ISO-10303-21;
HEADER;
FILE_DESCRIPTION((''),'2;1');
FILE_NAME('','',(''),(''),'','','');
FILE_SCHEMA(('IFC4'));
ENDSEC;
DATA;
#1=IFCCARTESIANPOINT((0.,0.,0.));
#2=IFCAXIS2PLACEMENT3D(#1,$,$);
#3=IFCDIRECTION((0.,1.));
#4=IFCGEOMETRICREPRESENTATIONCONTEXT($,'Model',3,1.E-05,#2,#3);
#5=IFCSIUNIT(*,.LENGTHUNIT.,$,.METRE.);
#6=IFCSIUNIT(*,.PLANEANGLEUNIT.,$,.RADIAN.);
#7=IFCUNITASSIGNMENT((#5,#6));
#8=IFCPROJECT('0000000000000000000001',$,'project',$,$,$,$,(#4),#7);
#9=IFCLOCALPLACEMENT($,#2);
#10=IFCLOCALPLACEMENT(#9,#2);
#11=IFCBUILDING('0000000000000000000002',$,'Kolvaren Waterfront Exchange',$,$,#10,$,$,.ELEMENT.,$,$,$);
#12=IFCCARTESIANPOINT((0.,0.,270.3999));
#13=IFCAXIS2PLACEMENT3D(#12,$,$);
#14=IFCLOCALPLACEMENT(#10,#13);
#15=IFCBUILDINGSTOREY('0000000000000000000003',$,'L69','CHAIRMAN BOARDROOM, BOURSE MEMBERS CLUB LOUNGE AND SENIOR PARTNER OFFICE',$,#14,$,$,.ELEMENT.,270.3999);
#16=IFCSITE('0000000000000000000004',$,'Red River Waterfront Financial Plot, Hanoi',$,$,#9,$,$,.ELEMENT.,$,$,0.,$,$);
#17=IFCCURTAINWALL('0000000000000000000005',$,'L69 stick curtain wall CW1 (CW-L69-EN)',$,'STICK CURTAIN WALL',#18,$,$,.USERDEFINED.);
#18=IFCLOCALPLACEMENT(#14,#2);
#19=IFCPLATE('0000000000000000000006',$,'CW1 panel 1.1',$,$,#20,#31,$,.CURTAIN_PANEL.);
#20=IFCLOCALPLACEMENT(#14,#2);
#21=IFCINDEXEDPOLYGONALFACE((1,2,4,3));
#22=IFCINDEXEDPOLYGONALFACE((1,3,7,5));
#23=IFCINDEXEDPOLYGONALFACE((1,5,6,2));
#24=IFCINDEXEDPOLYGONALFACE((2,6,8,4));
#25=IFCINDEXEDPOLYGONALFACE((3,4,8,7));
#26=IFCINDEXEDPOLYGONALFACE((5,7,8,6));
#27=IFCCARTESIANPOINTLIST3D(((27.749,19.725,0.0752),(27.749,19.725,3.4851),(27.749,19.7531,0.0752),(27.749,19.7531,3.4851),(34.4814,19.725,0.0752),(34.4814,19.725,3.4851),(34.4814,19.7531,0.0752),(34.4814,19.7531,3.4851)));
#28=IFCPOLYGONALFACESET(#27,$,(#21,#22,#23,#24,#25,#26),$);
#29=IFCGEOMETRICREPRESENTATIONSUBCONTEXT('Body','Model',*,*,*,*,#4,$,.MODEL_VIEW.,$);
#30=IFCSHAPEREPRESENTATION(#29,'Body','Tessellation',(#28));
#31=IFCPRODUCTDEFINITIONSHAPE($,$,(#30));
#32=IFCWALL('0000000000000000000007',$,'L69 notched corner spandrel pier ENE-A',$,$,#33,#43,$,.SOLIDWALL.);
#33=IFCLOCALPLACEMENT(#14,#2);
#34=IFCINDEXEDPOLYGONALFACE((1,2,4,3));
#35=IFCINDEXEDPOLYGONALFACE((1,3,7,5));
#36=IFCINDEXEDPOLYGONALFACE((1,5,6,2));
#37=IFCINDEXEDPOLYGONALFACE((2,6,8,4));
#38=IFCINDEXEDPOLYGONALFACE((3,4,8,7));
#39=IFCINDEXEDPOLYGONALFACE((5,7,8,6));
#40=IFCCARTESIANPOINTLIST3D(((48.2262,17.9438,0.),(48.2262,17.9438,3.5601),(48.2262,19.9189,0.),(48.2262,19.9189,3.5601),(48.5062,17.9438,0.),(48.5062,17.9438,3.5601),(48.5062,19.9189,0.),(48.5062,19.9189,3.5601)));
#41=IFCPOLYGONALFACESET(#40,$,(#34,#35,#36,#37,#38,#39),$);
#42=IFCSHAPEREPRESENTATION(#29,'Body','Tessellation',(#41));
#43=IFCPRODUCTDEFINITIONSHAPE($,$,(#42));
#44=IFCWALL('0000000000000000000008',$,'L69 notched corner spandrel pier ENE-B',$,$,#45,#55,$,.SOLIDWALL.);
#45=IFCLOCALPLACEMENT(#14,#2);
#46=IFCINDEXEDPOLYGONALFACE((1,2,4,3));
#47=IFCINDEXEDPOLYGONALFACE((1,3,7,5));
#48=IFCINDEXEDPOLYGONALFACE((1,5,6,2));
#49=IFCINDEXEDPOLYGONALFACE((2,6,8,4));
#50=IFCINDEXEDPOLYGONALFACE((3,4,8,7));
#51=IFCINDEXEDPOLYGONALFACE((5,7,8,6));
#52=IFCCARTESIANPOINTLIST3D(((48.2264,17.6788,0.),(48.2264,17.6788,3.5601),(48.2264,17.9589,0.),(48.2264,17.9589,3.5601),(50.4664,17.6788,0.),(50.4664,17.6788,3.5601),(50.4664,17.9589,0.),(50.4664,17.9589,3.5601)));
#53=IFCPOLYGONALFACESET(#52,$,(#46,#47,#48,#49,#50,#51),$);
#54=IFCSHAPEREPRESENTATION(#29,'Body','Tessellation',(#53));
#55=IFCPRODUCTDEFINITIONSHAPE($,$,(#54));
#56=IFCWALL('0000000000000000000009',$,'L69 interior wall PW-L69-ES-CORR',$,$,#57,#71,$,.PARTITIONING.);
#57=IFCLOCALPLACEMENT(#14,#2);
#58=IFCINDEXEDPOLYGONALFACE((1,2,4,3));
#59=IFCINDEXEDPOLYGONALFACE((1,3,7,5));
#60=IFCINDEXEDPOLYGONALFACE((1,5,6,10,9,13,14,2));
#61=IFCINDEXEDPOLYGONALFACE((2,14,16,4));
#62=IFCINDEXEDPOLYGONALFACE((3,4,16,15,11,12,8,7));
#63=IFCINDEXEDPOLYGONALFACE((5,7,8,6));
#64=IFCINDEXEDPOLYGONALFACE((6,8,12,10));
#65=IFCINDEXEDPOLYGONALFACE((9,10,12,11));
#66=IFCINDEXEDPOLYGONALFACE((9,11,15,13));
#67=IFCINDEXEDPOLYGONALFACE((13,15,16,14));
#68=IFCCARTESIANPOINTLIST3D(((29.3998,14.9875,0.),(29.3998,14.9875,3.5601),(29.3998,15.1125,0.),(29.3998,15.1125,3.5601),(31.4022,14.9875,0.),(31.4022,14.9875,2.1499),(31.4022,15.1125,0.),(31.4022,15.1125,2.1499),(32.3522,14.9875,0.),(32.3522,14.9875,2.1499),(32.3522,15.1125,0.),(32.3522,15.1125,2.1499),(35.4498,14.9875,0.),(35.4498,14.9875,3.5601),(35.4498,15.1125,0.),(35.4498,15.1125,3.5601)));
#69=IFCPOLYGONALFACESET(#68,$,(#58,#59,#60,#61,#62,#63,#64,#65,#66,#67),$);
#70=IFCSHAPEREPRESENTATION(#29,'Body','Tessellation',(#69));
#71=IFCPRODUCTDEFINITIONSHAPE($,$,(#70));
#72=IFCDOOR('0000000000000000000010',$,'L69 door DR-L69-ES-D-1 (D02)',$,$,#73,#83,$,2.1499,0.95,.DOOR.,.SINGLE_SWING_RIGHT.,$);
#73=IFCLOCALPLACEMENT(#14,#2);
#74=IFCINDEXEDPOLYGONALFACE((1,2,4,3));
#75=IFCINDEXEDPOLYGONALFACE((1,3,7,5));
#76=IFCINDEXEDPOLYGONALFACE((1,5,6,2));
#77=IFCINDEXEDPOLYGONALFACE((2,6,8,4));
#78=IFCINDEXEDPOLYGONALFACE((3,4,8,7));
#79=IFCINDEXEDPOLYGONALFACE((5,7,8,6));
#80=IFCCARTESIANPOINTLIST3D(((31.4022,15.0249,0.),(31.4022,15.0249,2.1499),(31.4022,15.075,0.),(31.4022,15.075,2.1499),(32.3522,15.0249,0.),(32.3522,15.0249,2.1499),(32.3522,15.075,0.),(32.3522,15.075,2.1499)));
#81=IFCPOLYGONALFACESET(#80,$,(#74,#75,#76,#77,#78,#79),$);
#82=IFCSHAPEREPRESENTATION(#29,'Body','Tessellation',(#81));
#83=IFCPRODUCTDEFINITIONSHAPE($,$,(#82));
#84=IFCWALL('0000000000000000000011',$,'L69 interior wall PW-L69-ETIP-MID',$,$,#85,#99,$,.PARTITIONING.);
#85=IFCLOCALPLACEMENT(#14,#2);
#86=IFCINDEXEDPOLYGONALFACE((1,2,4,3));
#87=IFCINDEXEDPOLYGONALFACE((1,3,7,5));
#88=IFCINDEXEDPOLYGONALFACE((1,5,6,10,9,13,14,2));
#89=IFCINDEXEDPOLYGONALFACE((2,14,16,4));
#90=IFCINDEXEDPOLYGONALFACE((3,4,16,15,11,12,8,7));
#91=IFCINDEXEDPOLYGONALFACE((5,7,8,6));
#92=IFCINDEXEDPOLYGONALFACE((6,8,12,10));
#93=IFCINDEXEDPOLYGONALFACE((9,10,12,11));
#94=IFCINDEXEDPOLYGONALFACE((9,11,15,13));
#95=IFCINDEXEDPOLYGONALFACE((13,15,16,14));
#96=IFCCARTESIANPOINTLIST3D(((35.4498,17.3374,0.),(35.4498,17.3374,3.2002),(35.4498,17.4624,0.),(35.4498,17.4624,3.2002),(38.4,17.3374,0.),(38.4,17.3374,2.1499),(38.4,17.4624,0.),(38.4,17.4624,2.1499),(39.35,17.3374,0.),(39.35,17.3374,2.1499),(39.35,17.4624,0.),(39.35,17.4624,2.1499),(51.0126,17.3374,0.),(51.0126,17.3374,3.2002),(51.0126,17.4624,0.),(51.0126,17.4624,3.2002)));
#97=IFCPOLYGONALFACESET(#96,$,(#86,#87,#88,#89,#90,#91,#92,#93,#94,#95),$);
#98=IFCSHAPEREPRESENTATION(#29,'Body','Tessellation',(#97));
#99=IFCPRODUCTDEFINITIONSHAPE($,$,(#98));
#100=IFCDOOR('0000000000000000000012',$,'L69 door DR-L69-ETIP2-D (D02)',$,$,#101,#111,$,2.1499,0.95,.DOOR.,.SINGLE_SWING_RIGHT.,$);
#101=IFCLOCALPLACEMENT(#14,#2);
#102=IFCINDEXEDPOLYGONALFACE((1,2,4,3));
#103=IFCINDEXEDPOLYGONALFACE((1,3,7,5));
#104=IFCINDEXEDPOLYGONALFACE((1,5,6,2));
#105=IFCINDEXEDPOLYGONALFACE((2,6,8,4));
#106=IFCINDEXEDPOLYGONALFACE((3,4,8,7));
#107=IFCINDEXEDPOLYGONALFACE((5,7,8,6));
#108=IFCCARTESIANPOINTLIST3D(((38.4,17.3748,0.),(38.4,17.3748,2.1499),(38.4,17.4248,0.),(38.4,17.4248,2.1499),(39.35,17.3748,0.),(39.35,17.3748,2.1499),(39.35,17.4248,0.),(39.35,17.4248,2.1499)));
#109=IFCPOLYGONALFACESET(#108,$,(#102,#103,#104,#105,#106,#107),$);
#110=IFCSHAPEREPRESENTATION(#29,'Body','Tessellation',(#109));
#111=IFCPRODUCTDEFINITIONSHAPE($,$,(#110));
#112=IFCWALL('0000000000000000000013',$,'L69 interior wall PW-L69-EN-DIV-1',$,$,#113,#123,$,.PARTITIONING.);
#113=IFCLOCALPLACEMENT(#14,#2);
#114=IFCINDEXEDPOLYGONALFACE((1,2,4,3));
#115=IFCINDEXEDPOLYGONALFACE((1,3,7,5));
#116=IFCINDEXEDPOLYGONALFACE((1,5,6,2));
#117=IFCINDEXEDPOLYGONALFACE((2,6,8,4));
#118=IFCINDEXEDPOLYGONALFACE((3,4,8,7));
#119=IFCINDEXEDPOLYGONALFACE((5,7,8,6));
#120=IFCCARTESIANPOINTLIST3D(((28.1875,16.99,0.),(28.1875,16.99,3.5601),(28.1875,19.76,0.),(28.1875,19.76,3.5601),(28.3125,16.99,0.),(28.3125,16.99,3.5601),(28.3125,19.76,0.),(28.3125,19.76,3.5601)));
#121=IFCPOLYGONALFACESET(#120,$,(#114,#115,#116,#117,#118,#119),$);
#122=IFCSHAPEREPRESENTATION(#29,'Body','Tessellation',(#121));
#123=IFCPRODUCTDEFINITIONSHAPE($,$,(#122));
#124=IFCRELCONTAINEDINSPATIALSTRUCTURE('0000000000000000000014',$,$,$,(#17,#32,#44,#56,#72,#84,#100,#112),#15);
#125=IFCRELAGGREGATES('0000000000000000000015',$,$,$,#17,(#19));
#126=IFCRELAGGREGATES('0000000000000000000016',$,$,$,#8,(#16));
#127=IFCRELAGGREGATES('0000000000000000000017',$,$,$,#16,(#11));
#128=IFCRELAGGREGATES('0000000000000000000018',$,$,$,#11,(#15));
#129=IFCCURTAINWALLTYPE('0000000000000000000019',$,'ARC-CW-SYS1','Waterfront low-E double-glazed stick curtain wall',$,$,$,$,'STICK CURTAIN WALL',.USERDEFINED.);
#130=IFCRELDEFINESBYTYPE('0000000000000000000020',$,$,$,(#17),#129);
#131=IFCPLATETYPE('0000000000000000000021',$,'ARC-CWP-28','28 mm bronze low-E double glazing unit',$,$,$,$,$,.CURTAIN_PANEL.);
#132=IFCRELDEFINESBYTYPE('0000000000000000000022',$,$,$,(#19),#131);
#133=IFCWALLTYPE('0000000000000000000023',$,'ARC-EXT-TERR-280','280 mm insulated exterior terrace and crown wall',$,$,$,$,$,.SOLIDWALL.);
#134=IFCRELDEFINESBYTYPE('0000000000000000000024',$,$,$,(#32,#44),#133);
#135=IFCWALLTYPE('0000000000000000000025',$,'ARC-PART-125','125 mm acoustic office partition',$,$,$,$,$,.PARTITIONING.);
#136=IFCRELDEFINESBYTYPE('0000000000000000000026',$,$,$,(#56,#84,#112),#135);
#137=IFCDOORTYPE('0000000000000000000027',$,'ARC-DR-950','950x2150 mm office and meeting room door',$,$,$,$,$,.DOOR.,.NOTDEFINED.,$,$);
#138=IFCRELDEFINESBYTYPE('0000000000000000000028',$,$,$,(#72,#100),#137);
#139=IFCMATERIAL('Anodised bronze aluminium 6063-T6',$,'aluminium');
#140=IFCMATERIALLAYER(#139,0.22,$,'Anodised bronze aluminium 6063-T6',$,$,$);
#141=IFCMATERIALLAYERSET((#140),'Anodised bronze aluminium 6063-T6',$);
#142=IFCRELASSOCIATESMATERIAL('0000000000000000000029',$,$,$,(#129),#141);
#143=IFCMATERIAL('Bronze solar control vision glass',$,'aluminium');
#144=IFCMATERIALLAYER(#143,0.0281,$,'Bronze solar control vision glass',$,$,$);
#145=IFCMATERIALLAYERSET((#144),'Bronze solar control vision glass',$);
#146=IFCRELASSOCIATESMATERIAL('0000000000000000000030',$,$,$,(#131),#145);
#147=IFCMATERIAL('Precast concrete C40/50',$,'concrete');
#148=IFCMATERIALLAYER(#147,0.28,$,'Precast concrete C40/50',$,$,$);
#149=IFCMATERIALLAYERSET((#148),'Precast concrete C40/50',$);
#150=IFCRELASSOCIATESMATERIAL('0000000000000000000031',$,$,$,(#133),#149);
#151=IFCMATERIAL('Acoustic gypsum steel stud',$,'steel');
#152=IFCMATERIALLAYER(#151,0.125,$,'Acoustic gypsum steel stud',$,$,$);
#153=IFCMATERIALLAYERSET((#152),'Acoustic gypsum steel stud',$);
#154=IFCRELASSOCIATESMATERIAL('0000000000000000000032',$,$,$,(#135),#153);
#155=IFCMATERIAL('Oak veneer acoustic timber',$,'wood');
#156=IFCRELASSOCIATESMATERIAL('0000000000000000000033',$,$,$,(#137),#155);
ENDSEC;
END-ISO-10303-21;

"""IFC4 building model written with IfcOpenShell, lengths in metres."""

from ifc_helpers import new_model, si_unit, direction, frame, frame_2d, origin, origin_with_axes, origin_2d, place, context, subcontext, project, spatial, rectangle, extrude, source, transform, mapped, material, layer, layer_set, type_object, element, fill, aggregate, save


model = new_model("IFC4")

# Units and contexts
model_context = context("Model", 3, precision=1e-05, world=origin(), true_north=direction((0.0, 1.0)))
body_context = subcontext(model_context, "Body", "Model", "MODEL_VIEW")
ifc_project = project(units=[si_unit("LENGTHUNIT", "METRE"), si_unit("PLANEANGLEUNIT", "RADIAN")], contexts=[model_context])

# Site, building, storey
site_placement = place(None, origin())
site = spatial("IfcSite", under=ifc_project, at=site_placement, Name="Red River Waterfront Financial Plot, Hanoi", CompositionType="ELEMENT", RefElevation=0.0)
building_placement = place(site_placement, origin())
building = spatial("IfcBuilding", under=site, at=building_placement, Name="Kolvaren Waterfront Exchange", CompositionType="ELEMENT")
storey_placement = place(building_placement, frame((0.0, 0.0, 270.3999)))
storey = spatial("IfcBuildingStorey", under=building, at=storey_placement, Name="L69", Description="CHAIRMAN BOARDROOM, BOURSE MEMBERS CLUB LOUNGE AND SENIOR PARTNER OFFICE", CompositionType="ELEMENT", Elevation=270.3999)

# Curtain wall, plate
ifc_material_1 = material(Name="Anodised bronze aluminium 6063-T6", Category="aluminium")
ifc_layer_1 = layer(ifc_material_1, 0.22, Name="Anodised bronze aluminium 6063-T6")
ifc_layer_set_1 = layer_set([ifc_layer_1], Name="Anodised bronze aluminium 6063-T6")
curtain_wall_type = type_object("IfcCurtainWallType", Name="ARC-CW-SYS1", Description="Waterfront low-E double-glazed stick curtain wall", ElementType="STICK CURTAIN WALL", PredefinedType="USERDEFINED", material=ifc_layer_set_1)
curtain_wall_placement = place(storey_placement, origin())
curtain_wall = element("IfcCurtainWall", 1, at=curtain_wall_placement, inside=storey, type_object=curtain_wall_type, Name="L69 stick curtain wall CW1 (CW-L69-EN)", ObjectType="STICK CURTAIN WALL", PredefinedType="USERDEFINED")
ifc_material_2 = material(Name="Bronze solar control vision glass", Category="aluminium")
ifc_layer_2 = layer(ifc_material_2, 0.0281, Name="Bronze solar control vision glass")
ifc_layer_set_2 = layer_set([ifc_layer_2], Name="Bronze solar control vision glass")
plate_type = type_object("IfcPlateType", Name="ARC-CWP-28", Description="28 mm bronze low-E double glazing unit", PredefinedType="CURTAIN_PANEL", material=ifc_layer_set_2)
shared_shape_1 = source(origin_with_axes(), body_context, "Body", "SweptSolid", [
    extrude(rectangle(XDim=6.7324, YDim=0.0281, at=origin_2d()), origin(), (0.0, 0.0, 1.0), 3.4099),
])
plate_placement = place(storey_placement, frame((31.1152, 19.739, 0.0752), z_axis=(0.0, 0.0, 1.0), x_axis=(1.0, 0.0, 0.0)))
plate = element("IfcPlate", 2, at=plate_placement, type_object=plate_type, Name="CW1 panel 1.1", PredefinedType="CURTAIN_PANEL", context=body_context, shape_type="MappedRepresentation", body=[
    mapped(shared_shape_1, transform((0.0, 0.0, 0.0), x_axis=(1.0, 0.0, 0.0), y_axis=(0.0, 1.0, 0.0), z_axis=(0.0, 0.0, 1.0), scale=1.0)),
])
aggregate(curtain_wall, [plate])

# Walls
ifc_material_3 = material(Name="Precast concrete C40/50", Category="concrete")
ifc_layer_3 = layer(ifc_material_3, 0.28, Name="Precast concrete C40/50")
ifc_layer_set_3 = layer_set([ifc_layer_3], Name="Precast concrete C40/50")
wall_type_1 = type_object("IfcWallType", Name="ARC-EXT-TERR-280", Description="280 mm insulated exterior terrace and crown wall", PredefinedType="SOLIDWALL", material=ifc_layer_set_3)
wall_1_placement = place(storey_placement, frame((48.3662, 17.9438, 0.0), z_axis=(0.0, 0.0, 1.0), x_axis=(0.0, 1.0, 0.0)))
element("IfcWall", 3, at=wall_1_placement, inside=storey, type_object=wall_type_1, Name="L69 notched corner spandrel pier ENE-A", PredefinedType="SOLIDWALL", context=body_context, shape_type="SweptSolid", body=[
    extrude(rectangle(XDim=1.9751, YDim=0.28, at=frame_2d((0.9875, 0.0))), origin(), (0.0, 0.0, 1.0), 3.5601),
])
wall_2_placement = place(storey_placement, frame((48.2263, 17.8188, 0.0), z_axis=(0.0, 0.0, 1.0), x_axis=(1.0, 0.0, 0.0)))
element("IfcWall", 4, at=wall_2_placement, inside=storey, type_object=wall_type_1, Name="L69 notched corner spandrel pier ENE-B", PredefinedType="SOLIDWALL", context=body_context, shape_type="SweptSolid", body=[
    extrude(rectangle(XDim=2.24, YDim=0.28, at=frame_2d((1.1201, 0.0))), origin(), (0.0, 0.0, 1.0), 3.5601),
])

# Walls, openings, doors
ifc_material_4 = material(Name="Acoustic gypsum steel stud", Category="steel")
ifc_layer_4 = layer(ifc_material_4, 0.125, Name="Acoustic gypsum steel stud")
ifc_layer_set_4 = layer_set([ifc_layer_4], Name="Acoustic gypsum steel stud")
wall_type_2 = type_object("IfcWallType", Name="ARC-PART-125", Description="125 mm acoustic office partition", PredefinedType="PARTITIONING", material=ifc_layer_set_4)
wall_3_placement = place(storey_placement, frame((29.3999, 15.05, 0.0), z_axis=(0.0, 0.0, 1.0), x_axis=(1.0, 0.0, 0.0)))
wall_3 = element("IfcWall", 5, at=wall_3_placement, inside=storey, type_object=wall_type_2, Name="L69 interior wall PW-L69-ES-CORR", PredefinedType="PARTITIONING", context=body_context, shape_type="SweptSolid", body=[
    extrude(rectangle(XDim=6.05, YDim=0.125, at=frame_2d((3.0249, 0.0))), origin(), (0.0, 0.0, 1.0), 3.5601),
])
opening_1_placement = place(wall_3_placement, frame((2.0022, 0.0, 0.0)))
opening_1 = element("IfcOpeningElement", 6, at=opening_1_placement, cuts=wall_3, PredefinedType="OPENING", context=body_context, shape_type="SweptSolid", body=[
    extrude(rectangle(XDim=0.95, YDim=2.1499, at=frame_2d((0.4751, 1.075))), frame((0.0, 0.0725, 0.0), z_axis=(0.0, -1.0, 0.0), x_axis=(1.0, 0.0, 0.0)), (0.0, 0.0, 1.0), 0.145),
])
ifc_material_5 = material(Name="Oak veneer acoustic timber", Category="wood")
door_type = type_object("IfcDoorType", Name="ARC-DR-950", Description="950x2150 mm office and meeting room door", OperationType="NOTDEFINED", PredefinedType="DOOR", material=ifc_material_5)
door_1_placement = place(opening_1_placement, origin())
door_1 = element("IfcDoor", 7, at=door_1_placement, inside=storey, type_object=door_type, Name="L69 door DR-L69-ES-D-1 (D02)", OperationType="SINGLE_SWING_RIGHT", OverallHeight=2.1499, OverallWidth=0.95, PredefinedType="DOOR", context=body_context, shape_type="SweptSolid", body=[
    extrude(rectangle(XDim=0.95, YDim=2.1499, at=frame_2d((0.4751, 1.075))), frame((0.0, 0.0249, 0.0), z_axis=(0.0, -1.0, 0.0), x_axis=(1.0, 0.0, 0.0)), (0.0, 0.0, 1.0), 0.05),
])
fill(opening_1, door_1)
wall_4_placement = place(storey_placement, frame((35.45, 17.3999, 0.0), z_axis=(0.0, 0.0, 1.0), x_axis=(1.0, 0.0, 0.0)))
wall_4 = element("IfcWall", 8, at=wall_4_placement, inside=storey, type_object=wall_type_2, Name="L69 interior wall PW-L69-ETIP-MID", PredefinedType="PARTITIONING", context=body_context, shape_type="SweptSolid", body=[
    extrude(rectangle(XDim=15.5627, YDim=0.125, at=frame_2d((7.7812, 0.0))), origin(), (0.0, 0.0, 1.0), 3.2002),
])
opening_2_placement = place(wall_4_placement, frame((2.95, 0.0, 0.0)))
opening_2 = element("IfcOpeningElement", 9, at=opening_2_placement, cuts=wall_4, PredefinedType="OPENING", context=body_context, shape_type="SweptSolid", body=[
    extrude(rectangle(XDim=0.95, YDim=2.1499, at=frame_2d((0.4751, 1.075))), frame((0.0, 0.0725, 0.0), z_axis=(0.0, -1.0, 0.0), x_axis=(1.0, 0.0, 0.0)), (0.0, 0.0, 1.0), 0.145),
])
door_2_placement = place(opening_2_placement, origin())
door_2 = element("IfcDoor", 10, at=door_2_placement, inside=storey, type_object=door_type, Name="L69 door DR-L69-ETIP2-D (D02)", OperationType="SINGLE_SWING_RIGHT", OverallHeight=2.1499, OverallWidth=0.95, PredefinedType="DOOR", context=body_context, shape_type="SweptSolid", body=[
    extrude(rectangle(XDim=0.95, YDim=2.1499, at=frame_2d((0.4751, 1.075))), frame((0.0, 0.0249, 0.0), z_axis=(0.0, -1.0, 0.0), x_axis=(1.0, 0.0, 0.0)), (0.0, 0.0, 1.0), 0.05),
])
fill(opening_2, door_2)

# Wall
wall_5_placement = place(storey_placement, frame((28.25, 16.99, 0.0), z_axis=(0.0, 0.0, 1.0), x_axis=(0.0, 1.0, 0.0)))
element("IfcWall", 11, at=wall_5_placement, inside=storey, type_object=wall_type_2, Name="L69 interior wall PW-L69-EN-DIV-1", PredefinedType="PARTITIONING", context=body_context, shape_type="SweptSolid", body=[
    extrude(rectangle(XDim=2.77, YDim=0.125, at=frame_2d((1.385, 0.0))), origin(), (0.0, 0.0, 1.0), 3.5601),
])

save(model, "model.ifc")
